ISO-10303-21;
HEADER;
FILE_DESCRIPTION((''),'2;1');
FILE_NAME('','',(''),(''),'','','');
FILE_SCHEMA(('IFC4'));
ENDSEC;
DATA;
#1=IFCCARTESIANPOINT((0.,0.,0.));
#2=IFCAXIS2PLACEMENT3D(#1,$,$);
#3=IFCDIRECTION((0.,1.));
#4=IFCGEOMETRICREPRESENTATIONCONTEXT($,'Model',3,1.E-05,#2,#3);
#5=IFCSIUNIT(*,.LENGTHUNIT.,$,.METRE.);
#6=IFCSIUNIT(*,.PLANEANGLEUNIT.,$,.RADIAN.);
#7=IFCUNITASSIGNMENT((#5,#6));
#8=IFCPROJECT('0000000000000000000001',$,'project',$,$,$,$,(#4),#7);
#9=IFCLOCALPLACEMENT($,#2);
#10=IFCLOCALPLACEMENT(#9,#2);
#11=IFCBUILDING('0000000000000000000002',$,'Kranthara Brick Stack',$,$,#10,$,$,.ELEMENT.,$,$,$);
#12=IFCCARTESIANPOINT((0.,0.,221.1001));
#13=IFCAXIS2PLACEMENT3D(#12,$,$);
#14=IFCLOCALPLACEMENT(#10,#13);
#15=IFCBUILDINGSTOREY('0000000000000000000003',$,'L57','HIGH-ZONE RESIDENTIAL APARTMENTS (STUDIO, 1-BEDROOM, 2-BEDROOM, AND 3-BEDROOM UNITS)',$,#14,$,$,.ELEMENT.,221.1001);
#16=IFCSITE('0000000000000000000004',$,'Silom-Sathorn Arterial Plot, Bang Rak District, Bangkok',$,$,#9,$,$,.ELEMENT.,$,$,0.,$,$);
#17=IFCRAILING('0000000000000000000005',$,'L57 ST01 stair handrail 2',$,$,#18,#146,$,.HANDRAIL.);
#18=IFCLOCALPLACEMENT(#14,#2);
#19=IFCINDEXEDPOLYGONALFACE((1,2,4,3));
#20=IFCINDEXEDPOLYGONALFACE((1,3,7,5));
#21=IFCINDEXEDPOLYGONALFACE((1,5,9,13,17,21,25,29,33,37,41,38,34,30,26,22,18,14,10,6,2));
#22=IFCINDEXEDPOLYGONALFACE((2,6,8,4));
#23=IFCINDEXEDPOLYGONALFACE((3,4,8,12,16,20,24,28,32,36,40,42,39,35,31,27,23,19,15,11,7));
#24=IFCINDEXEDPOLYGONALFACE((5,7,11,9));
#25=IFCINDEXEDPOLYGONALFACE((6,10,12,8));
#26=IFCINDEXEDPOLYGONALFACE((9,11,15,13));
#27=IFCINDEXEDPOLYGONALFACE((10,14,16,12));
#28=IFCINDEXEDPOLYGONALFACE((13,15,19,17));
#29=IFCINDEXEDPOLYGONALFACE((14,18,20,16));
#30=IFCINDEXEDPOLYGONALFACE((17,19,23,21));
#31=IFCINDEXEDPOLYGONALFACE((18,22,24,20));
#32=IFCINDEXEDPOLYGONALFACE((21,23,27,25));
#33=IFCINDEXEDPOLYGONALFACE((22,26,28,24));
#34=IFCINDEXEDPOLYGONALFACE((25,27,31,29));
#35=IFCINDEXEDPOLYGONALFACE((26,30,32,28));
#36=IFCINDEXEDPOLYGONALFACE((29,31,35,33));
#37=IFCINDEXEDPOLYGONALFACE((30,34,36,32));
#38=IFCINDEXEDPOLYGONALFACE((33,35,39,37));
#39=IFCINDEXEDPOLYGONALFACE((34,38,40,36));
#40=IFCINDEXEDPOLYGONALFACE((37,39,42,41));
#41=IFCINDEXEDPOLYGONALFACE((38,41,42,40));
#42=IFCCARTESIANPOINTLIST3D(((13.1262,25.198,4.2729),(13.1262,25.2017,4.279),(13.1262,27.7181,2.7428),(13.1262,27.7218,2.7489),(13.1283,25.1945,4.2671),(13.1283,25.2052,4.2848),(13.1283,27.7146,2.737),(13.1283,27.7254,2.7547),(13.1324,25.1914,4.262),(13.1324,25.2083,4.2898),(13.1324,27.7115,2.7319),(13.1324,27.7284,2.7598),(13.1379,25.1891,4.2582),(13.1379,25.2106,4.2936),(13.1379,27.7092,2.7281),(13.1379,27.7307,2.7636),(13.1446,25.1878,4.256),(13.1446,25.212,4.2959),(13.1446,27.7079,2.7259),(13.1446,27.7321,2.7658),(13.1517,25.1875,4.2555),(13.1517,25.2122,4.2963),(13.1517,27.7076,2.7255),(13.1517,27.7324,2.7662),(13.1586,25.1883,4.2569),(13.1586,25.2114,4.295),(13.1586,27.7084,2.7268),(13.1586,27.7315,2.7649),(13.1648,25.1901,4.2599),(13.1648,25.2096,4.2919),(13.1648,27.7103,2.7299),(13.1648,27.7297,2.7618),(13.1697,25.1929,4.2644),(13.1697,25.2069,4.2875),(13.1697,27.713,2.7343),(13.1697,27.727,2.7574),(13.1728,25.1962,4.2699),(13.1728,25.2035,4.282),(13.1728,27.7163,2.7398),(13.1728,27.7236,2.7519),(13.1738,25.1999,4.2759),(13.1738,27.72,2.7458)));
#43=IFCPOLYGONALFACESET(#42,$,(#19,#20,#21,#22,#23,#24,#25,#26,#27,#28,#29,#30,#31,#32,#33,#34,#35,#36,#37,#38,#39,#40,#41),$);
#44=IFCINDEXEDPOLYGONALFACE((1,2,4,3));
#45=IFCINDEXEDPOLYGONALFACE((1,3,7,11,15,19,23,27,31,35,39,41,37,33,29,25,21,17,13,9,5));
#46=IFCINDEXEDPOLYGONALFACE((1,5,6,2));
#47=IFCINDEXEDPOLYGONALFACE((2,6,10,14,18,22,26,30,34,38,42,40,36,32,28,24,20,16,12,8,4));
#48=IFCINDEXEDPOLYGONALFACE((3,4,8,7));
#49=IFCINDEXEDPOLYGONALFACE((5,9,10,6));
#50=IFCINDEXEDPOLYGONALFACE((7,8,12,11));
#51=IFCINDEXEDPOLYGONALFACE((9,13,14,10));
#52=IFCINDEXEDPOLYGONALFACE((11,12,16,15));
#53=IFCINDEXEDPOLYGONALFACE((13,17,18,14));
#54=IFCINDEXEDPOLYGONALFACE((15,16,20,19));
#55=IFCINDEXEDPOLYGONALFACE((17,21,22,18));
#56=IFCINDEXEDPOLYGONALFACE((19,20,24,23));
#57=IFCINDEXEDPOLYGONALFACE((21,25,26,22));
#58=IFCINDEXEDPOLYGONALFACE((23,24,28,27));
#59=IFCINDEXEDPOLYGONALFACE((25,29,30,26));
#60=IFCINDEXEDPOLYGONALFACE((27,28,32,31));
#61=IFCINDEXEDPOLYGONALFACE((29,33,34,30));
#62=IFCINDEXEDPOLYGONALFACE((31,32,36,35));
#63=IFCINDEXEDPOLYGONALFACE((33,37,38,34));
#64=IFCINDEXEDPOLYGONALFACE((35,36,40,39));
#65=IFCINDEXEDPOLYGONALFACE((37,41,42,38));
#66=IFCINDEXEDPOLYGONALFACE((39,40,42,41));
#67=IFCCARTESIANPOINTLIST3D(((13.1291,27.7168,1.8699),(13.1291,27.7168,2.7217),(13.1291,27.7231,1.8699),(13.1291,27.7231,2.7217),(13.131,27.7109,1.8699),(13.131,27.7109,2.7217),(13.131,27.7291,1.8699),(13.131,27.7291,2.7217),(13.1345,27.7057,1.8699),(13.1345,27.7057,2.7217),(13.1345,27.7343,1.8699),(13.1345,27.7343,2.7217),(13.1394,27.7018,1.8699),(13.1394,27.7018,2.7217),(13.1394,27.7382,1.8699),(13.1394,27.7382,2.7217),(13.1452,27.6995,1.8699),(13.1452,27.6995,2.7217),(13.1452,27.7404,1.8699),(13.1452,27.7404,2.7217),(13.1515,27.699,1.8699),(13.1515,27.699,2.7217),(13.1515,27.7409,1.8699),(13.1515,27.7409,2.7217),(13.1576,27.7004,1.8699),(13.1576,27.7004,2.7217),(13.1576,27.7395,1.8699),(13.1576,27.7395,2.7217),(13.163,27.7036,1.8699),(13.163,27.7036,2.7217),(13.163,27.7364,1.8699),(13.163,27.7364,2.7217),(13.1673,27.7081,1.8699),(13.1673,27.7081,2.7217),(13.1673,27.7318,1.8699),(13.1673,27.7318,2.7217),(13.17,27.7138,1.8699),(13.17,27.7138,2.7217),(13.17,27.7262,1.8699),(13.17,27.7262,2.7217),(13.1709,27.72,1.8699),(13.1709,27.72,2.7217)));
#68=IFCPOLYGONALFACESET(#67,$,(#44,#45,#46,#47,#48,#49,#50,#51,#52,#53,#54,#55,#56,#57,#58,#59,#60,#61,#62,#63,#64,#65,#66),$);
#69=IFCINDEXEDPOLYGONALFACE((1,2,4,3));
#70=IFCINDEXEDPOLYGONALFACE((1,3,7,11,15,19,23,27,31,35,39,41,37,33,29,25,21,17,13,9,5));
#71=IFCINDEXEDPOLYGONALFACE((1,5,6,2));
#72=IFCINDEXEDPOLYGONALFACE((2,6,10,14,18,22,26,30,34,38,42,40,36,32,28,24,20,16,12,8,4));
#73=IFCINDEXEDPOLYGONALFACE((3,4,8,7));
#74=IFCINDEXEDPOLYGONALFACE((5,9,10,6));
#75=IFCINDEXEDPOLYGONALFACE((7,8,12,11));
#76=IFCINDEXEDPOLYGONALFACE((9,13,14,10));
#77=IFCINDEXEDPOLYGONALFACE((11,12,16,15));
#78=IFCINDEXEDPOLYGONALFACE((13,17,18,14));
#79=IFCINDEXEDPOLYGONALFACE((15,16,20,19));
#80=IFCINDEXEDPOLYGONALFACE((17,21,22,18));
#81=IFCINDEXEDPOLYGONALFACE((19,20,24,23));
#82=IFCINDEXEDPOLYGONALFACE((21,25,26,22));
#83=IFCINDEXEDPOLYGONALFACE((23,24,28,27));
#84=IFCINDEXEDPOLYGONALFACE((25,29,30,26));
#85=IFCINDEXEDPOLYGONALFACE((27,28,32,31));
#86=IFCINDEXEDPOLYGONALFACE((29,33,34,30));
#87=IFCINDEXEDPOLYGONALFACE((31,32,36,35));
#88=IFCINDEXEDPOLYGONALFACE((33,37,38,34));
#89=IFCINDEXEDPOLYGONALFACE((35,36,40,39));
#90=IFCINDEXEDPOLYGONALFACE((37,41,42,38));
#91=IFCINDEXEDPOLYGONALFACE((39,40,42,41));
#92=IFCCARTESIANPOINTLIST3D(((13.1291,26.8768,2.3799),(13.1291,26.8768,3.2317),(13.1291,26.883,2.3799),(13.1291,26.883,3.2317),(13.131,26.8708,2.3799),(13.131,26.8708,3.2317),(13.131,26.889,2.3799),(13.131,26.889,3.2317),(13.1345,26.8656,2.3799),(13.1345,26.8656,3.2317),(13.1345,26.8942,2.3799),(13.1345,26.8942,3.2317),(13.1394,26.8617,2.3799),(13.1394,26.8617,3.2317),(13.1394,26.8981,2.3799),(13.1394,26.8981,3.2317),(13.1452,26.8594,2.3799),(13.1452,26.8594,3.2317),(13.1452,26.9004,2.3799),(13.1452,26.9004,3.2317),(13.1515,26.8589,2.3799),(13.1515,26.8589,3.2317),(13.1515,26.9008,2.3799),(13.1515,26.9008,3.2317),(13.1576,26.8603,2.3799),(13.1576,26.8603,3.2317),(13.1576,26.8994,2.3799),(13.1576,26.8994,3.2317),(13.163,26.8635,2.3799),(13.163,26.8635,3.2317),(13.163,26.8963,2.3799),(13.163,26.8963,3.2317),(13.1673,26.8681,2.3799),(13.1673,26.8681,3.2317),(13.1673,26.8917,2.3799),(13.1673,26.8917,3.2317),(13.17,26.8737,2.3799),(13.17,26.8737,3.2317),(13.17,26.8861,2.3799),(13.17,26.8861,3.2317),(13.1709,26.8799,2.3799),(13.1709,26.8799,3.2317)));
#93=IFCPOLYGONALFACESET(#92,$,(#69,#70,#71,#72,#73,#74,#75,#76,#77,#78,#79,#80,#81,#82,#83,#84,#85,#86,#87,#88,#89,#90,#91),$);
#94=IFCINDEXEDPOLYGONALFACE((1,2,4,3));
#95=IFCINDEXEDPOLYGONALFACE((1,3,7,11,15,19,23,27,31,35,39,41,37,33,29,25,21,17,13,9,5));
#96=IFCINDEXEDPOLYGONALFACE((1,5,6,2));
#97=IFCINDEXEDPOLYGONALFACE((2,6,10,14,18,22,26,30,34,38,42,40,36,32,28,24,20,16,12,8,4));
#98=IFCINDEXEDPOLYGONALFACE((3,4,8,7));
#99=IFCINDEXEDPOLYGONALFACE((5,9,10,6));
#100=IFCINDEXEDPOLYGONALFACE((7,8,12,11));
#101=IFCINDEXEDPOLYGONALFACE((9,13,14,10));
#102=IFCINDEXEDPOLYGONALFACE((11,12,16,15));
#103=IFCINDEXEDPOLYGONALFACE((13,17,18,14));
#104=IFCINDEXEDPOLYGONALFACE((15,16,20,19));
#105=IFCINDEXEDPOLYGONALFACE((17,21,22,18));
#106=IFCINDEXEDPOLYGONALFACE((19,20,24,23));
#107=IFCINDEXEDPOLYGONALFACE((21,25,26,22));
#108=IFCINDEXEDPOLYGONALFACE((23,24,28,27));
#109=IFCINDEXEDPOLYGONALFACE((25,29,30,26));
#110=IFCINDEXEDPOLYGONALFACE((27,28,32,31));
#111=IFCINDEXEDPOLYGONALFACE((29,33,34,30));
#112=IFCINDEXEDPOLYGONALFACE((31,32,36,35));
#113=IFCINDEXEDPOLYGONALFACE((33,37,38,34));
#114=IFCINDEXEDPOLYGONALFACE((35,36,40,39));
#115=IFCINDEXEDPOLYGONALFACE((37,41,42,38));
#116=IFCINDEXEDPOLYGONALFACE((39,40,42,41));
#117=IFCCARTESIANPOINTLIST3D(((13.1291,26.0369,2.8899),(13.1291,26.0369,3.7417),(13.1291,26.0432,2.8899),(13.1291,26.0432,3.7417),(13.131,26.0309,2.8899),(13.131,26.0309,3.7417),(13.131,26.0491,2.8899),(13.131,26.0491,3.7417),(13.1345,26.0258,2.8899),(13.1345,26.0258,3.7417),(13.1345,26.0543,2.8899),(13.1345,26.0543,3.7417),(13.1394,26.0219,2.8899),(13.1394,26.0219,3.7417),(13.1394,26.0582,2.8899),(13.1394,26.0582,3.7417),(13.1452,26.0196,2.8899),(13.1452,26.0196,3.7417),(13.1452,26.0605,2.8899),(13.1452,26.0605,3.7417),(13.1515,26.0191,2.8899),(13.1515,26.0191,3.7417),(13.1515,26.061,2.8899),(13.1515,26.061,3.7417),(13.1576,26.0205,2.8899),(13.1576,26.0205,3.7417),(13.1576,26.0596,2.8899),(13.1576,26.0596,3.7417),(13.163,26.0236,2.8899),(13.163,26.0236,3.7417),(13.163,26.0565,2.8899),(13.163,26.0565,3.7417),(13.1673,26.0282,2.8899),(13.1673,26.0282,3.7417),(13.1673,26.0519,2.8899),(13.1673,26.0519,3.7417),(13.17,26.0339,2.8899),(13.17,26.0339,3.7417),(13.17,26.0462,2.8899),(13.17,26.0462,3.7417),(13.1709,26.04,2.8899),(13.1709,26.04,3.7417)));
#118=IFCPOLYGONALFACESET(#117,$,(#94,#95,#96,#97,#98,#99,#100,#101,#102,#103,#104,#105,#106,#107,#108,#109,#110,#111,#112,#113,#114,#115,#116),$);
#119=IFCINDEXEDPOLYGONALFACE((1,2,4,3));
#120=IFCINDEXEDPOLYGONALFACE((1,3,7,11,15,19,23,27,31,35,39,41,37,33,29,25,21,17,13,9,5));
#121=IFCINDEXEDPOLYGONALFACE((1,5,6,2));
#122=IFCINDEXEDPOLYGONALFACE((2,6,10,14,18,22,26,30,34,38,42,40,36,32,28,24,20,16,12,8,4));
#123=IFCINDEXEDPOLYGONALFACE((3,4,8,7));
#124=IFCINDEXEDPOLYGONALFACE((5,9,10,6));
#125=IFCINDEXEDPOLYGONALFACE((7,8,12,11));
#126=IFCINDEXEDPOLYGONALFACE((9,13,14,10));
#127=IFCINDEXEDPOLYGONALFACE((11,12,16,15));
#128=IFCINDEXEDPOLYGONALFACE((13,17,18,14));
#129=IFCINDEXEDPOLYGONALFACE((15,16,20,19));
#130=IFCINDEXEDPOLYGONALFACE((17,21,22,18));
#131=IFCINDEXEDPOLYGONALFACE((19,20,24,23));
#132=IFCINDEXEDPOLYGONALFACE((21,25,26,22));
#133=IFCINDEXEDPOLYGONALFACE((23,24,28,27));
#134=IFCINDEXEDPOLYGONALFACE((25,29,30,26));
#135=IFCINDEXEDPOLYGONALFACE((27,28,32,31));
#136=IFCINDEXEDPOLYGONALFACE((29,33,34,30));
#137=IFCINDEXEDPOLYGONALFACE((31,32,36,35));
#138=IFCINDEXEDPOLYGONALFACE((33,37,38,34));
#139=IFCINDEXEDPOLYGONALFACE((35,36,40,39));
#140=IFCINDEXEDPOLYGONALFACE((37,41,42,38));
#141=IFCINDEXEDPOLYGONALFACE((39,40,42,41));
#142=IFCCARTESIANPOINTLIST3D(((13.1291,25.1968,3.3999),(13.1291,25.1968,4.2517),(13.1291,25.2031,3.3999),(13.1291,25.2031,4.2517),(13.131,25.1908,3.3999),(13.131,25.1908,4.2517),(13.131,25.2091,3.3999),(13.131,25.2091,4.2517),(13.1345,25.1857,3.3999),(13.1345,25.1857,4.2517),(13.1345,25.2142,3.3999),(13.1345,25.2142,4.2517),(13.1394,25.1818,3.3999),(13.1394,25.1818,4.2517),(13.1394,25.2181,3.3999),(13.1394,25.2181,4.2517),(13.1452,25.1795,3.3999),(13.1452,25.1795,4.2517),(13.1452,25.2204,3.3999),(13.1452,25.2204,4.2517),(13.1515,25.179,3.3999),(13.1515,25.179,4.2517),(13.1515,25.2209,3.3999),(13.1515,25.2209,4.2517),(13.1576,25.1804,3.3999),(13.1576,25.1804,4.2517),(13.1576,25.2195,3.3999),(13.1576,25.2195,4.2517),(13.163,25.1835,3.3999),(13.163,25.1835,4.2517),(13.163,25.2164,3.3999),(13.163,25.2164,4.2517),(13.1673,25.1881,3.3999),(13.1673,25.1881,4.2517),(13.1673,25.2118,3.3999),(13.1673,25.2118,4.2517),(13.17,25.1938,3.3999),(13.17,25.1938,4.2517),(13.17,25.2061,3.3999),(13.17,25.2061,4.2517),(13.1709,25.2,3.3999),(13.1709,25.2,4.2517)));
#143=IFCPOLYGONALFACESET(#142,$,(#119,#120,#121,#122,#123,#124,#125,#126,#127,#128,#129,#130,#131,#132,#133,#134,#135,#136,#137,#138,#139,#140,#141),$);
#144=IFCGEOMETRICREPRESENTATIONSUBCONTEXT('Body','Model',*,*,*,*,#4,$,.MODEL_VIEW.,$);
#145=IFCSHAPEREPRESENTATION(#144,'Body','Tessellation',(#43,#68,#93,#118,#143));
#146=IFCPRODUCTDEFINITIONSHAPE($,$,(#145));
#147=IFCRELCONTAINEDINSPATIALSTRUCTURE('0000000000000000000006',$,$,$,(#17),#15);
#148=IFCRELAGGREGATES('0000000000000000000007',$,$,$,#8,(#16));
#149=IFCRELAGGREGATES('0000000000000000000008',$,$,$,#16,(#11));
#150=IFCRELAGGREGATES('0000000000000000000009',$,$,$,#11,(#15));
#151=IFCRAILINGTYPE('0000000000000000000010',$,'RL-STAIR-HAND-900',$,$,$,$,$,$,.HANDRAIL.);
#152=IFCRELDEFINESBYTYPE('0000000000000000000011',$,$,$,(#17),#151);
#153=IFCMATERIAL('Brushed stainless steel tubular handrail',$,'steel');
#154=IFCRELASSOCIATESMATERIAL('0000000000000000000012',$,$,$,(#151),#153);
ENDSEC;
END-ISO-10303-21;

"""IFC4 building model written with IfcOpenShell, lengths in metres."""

from ifc_helpers import new_model, si_unit, direction, frame, origin, origin_2d, place, context, subcontext, project, spatial, circle, extrude, material, type_object, element, save


model = new_model("IFC4")

# Units and contexts
model_context = context("Model", 3, precision=1e-05, world=origin(), true_north=direction((0.0, 1.0)))
body_context = subcontext(model_context, "Body", "Model", "MODEL_VIEW")
ifc_project = project(units=[si_unit("LENGTHUNIT", "METRE"), si_unit("PLANEANGLEUNIT", "RADIAN")], contexts=[model_context])

# Site, building, storey
site_placement = place(None, origin())
site = spatial("IfcSite", under=ifc_project, at=site_placement, Name="Silom-Sathorn Arterial Plot, Bang Rak District, Bangkok", CompositionType="ELEMENT", RefElevation=0.0)
building_placement = place(site_placement, origin())
building = spatial("IfcBuilding", under=site, at=building_placement, Name="Kranthara Brick Stack", CompositionType="ELEMENT")
storey_placement = place(building_placement, frame((0.0, 0.0, 221.1001)))
storey = spatial("IfcBuildingStorey", under=building, at=storey_placement, Name="L57", Description="HIGH-ZONE RESIDENTIAL APARTMENTS (STUDIO, 1-BEDROOM, 2-BEDROOM, AND 3-BEDROOM UNITS)", CompositionType="ELEMENT", Elevation=221.1001)

# Railing
ifc_material_1 = material(Name="Brushed stainless steel tubular handrail", Category="steel")
railing_type_1 = type_object("IfcRailingType", Name="RL-STAIR-HAND-900", PredefinedType="HANDRAIL", material=ifc_material_1)
railing_1_placement = place(storey_placement, frame((13.1499, 27.72, 1.8699)))
element("IfcRailing", 1, at=railing_1_placement, inside=storey, type_object=railing_type_1, Name="L57 ST01 stair handrail 2", PredefinedType="HANDRAIL", context=body_context, shape_type="SweptSolid", body=[
    extrude(circle(Radius=0.0239, at=origin_2d()), frame((0.0, 0.0, 0.876), z_axis=(0.0, -0.854785, 0.518982), x_axis=(1.0, 0.0, 0.0)), (0.0, 0.0, 1.0), 2.9482),
    extrude(circle(Radius=0.021, at=origin_2d()), origin(), (0.0, 0.0, 1.0), 0.8518),
    extrude(circle(Radius=0.021, at=origin_2d()), frame((0.0, -0.8401, 0.51)), (0.0, 0.0, 1.0), 0.8518),
    extrude(circle(Radius=0.021, at=origin_2d()), frame((0.0, -1.6799, 1.02)), (0.0, 0.0, 1.0), 0.8518),
    extrude(circle(Radius=0.021, at=origin_2d()), frame((0.0, -2.52, 1.53)), (0.0, 0.0, 1.0), 0.8518),
])

save(model, "model.ifc")
